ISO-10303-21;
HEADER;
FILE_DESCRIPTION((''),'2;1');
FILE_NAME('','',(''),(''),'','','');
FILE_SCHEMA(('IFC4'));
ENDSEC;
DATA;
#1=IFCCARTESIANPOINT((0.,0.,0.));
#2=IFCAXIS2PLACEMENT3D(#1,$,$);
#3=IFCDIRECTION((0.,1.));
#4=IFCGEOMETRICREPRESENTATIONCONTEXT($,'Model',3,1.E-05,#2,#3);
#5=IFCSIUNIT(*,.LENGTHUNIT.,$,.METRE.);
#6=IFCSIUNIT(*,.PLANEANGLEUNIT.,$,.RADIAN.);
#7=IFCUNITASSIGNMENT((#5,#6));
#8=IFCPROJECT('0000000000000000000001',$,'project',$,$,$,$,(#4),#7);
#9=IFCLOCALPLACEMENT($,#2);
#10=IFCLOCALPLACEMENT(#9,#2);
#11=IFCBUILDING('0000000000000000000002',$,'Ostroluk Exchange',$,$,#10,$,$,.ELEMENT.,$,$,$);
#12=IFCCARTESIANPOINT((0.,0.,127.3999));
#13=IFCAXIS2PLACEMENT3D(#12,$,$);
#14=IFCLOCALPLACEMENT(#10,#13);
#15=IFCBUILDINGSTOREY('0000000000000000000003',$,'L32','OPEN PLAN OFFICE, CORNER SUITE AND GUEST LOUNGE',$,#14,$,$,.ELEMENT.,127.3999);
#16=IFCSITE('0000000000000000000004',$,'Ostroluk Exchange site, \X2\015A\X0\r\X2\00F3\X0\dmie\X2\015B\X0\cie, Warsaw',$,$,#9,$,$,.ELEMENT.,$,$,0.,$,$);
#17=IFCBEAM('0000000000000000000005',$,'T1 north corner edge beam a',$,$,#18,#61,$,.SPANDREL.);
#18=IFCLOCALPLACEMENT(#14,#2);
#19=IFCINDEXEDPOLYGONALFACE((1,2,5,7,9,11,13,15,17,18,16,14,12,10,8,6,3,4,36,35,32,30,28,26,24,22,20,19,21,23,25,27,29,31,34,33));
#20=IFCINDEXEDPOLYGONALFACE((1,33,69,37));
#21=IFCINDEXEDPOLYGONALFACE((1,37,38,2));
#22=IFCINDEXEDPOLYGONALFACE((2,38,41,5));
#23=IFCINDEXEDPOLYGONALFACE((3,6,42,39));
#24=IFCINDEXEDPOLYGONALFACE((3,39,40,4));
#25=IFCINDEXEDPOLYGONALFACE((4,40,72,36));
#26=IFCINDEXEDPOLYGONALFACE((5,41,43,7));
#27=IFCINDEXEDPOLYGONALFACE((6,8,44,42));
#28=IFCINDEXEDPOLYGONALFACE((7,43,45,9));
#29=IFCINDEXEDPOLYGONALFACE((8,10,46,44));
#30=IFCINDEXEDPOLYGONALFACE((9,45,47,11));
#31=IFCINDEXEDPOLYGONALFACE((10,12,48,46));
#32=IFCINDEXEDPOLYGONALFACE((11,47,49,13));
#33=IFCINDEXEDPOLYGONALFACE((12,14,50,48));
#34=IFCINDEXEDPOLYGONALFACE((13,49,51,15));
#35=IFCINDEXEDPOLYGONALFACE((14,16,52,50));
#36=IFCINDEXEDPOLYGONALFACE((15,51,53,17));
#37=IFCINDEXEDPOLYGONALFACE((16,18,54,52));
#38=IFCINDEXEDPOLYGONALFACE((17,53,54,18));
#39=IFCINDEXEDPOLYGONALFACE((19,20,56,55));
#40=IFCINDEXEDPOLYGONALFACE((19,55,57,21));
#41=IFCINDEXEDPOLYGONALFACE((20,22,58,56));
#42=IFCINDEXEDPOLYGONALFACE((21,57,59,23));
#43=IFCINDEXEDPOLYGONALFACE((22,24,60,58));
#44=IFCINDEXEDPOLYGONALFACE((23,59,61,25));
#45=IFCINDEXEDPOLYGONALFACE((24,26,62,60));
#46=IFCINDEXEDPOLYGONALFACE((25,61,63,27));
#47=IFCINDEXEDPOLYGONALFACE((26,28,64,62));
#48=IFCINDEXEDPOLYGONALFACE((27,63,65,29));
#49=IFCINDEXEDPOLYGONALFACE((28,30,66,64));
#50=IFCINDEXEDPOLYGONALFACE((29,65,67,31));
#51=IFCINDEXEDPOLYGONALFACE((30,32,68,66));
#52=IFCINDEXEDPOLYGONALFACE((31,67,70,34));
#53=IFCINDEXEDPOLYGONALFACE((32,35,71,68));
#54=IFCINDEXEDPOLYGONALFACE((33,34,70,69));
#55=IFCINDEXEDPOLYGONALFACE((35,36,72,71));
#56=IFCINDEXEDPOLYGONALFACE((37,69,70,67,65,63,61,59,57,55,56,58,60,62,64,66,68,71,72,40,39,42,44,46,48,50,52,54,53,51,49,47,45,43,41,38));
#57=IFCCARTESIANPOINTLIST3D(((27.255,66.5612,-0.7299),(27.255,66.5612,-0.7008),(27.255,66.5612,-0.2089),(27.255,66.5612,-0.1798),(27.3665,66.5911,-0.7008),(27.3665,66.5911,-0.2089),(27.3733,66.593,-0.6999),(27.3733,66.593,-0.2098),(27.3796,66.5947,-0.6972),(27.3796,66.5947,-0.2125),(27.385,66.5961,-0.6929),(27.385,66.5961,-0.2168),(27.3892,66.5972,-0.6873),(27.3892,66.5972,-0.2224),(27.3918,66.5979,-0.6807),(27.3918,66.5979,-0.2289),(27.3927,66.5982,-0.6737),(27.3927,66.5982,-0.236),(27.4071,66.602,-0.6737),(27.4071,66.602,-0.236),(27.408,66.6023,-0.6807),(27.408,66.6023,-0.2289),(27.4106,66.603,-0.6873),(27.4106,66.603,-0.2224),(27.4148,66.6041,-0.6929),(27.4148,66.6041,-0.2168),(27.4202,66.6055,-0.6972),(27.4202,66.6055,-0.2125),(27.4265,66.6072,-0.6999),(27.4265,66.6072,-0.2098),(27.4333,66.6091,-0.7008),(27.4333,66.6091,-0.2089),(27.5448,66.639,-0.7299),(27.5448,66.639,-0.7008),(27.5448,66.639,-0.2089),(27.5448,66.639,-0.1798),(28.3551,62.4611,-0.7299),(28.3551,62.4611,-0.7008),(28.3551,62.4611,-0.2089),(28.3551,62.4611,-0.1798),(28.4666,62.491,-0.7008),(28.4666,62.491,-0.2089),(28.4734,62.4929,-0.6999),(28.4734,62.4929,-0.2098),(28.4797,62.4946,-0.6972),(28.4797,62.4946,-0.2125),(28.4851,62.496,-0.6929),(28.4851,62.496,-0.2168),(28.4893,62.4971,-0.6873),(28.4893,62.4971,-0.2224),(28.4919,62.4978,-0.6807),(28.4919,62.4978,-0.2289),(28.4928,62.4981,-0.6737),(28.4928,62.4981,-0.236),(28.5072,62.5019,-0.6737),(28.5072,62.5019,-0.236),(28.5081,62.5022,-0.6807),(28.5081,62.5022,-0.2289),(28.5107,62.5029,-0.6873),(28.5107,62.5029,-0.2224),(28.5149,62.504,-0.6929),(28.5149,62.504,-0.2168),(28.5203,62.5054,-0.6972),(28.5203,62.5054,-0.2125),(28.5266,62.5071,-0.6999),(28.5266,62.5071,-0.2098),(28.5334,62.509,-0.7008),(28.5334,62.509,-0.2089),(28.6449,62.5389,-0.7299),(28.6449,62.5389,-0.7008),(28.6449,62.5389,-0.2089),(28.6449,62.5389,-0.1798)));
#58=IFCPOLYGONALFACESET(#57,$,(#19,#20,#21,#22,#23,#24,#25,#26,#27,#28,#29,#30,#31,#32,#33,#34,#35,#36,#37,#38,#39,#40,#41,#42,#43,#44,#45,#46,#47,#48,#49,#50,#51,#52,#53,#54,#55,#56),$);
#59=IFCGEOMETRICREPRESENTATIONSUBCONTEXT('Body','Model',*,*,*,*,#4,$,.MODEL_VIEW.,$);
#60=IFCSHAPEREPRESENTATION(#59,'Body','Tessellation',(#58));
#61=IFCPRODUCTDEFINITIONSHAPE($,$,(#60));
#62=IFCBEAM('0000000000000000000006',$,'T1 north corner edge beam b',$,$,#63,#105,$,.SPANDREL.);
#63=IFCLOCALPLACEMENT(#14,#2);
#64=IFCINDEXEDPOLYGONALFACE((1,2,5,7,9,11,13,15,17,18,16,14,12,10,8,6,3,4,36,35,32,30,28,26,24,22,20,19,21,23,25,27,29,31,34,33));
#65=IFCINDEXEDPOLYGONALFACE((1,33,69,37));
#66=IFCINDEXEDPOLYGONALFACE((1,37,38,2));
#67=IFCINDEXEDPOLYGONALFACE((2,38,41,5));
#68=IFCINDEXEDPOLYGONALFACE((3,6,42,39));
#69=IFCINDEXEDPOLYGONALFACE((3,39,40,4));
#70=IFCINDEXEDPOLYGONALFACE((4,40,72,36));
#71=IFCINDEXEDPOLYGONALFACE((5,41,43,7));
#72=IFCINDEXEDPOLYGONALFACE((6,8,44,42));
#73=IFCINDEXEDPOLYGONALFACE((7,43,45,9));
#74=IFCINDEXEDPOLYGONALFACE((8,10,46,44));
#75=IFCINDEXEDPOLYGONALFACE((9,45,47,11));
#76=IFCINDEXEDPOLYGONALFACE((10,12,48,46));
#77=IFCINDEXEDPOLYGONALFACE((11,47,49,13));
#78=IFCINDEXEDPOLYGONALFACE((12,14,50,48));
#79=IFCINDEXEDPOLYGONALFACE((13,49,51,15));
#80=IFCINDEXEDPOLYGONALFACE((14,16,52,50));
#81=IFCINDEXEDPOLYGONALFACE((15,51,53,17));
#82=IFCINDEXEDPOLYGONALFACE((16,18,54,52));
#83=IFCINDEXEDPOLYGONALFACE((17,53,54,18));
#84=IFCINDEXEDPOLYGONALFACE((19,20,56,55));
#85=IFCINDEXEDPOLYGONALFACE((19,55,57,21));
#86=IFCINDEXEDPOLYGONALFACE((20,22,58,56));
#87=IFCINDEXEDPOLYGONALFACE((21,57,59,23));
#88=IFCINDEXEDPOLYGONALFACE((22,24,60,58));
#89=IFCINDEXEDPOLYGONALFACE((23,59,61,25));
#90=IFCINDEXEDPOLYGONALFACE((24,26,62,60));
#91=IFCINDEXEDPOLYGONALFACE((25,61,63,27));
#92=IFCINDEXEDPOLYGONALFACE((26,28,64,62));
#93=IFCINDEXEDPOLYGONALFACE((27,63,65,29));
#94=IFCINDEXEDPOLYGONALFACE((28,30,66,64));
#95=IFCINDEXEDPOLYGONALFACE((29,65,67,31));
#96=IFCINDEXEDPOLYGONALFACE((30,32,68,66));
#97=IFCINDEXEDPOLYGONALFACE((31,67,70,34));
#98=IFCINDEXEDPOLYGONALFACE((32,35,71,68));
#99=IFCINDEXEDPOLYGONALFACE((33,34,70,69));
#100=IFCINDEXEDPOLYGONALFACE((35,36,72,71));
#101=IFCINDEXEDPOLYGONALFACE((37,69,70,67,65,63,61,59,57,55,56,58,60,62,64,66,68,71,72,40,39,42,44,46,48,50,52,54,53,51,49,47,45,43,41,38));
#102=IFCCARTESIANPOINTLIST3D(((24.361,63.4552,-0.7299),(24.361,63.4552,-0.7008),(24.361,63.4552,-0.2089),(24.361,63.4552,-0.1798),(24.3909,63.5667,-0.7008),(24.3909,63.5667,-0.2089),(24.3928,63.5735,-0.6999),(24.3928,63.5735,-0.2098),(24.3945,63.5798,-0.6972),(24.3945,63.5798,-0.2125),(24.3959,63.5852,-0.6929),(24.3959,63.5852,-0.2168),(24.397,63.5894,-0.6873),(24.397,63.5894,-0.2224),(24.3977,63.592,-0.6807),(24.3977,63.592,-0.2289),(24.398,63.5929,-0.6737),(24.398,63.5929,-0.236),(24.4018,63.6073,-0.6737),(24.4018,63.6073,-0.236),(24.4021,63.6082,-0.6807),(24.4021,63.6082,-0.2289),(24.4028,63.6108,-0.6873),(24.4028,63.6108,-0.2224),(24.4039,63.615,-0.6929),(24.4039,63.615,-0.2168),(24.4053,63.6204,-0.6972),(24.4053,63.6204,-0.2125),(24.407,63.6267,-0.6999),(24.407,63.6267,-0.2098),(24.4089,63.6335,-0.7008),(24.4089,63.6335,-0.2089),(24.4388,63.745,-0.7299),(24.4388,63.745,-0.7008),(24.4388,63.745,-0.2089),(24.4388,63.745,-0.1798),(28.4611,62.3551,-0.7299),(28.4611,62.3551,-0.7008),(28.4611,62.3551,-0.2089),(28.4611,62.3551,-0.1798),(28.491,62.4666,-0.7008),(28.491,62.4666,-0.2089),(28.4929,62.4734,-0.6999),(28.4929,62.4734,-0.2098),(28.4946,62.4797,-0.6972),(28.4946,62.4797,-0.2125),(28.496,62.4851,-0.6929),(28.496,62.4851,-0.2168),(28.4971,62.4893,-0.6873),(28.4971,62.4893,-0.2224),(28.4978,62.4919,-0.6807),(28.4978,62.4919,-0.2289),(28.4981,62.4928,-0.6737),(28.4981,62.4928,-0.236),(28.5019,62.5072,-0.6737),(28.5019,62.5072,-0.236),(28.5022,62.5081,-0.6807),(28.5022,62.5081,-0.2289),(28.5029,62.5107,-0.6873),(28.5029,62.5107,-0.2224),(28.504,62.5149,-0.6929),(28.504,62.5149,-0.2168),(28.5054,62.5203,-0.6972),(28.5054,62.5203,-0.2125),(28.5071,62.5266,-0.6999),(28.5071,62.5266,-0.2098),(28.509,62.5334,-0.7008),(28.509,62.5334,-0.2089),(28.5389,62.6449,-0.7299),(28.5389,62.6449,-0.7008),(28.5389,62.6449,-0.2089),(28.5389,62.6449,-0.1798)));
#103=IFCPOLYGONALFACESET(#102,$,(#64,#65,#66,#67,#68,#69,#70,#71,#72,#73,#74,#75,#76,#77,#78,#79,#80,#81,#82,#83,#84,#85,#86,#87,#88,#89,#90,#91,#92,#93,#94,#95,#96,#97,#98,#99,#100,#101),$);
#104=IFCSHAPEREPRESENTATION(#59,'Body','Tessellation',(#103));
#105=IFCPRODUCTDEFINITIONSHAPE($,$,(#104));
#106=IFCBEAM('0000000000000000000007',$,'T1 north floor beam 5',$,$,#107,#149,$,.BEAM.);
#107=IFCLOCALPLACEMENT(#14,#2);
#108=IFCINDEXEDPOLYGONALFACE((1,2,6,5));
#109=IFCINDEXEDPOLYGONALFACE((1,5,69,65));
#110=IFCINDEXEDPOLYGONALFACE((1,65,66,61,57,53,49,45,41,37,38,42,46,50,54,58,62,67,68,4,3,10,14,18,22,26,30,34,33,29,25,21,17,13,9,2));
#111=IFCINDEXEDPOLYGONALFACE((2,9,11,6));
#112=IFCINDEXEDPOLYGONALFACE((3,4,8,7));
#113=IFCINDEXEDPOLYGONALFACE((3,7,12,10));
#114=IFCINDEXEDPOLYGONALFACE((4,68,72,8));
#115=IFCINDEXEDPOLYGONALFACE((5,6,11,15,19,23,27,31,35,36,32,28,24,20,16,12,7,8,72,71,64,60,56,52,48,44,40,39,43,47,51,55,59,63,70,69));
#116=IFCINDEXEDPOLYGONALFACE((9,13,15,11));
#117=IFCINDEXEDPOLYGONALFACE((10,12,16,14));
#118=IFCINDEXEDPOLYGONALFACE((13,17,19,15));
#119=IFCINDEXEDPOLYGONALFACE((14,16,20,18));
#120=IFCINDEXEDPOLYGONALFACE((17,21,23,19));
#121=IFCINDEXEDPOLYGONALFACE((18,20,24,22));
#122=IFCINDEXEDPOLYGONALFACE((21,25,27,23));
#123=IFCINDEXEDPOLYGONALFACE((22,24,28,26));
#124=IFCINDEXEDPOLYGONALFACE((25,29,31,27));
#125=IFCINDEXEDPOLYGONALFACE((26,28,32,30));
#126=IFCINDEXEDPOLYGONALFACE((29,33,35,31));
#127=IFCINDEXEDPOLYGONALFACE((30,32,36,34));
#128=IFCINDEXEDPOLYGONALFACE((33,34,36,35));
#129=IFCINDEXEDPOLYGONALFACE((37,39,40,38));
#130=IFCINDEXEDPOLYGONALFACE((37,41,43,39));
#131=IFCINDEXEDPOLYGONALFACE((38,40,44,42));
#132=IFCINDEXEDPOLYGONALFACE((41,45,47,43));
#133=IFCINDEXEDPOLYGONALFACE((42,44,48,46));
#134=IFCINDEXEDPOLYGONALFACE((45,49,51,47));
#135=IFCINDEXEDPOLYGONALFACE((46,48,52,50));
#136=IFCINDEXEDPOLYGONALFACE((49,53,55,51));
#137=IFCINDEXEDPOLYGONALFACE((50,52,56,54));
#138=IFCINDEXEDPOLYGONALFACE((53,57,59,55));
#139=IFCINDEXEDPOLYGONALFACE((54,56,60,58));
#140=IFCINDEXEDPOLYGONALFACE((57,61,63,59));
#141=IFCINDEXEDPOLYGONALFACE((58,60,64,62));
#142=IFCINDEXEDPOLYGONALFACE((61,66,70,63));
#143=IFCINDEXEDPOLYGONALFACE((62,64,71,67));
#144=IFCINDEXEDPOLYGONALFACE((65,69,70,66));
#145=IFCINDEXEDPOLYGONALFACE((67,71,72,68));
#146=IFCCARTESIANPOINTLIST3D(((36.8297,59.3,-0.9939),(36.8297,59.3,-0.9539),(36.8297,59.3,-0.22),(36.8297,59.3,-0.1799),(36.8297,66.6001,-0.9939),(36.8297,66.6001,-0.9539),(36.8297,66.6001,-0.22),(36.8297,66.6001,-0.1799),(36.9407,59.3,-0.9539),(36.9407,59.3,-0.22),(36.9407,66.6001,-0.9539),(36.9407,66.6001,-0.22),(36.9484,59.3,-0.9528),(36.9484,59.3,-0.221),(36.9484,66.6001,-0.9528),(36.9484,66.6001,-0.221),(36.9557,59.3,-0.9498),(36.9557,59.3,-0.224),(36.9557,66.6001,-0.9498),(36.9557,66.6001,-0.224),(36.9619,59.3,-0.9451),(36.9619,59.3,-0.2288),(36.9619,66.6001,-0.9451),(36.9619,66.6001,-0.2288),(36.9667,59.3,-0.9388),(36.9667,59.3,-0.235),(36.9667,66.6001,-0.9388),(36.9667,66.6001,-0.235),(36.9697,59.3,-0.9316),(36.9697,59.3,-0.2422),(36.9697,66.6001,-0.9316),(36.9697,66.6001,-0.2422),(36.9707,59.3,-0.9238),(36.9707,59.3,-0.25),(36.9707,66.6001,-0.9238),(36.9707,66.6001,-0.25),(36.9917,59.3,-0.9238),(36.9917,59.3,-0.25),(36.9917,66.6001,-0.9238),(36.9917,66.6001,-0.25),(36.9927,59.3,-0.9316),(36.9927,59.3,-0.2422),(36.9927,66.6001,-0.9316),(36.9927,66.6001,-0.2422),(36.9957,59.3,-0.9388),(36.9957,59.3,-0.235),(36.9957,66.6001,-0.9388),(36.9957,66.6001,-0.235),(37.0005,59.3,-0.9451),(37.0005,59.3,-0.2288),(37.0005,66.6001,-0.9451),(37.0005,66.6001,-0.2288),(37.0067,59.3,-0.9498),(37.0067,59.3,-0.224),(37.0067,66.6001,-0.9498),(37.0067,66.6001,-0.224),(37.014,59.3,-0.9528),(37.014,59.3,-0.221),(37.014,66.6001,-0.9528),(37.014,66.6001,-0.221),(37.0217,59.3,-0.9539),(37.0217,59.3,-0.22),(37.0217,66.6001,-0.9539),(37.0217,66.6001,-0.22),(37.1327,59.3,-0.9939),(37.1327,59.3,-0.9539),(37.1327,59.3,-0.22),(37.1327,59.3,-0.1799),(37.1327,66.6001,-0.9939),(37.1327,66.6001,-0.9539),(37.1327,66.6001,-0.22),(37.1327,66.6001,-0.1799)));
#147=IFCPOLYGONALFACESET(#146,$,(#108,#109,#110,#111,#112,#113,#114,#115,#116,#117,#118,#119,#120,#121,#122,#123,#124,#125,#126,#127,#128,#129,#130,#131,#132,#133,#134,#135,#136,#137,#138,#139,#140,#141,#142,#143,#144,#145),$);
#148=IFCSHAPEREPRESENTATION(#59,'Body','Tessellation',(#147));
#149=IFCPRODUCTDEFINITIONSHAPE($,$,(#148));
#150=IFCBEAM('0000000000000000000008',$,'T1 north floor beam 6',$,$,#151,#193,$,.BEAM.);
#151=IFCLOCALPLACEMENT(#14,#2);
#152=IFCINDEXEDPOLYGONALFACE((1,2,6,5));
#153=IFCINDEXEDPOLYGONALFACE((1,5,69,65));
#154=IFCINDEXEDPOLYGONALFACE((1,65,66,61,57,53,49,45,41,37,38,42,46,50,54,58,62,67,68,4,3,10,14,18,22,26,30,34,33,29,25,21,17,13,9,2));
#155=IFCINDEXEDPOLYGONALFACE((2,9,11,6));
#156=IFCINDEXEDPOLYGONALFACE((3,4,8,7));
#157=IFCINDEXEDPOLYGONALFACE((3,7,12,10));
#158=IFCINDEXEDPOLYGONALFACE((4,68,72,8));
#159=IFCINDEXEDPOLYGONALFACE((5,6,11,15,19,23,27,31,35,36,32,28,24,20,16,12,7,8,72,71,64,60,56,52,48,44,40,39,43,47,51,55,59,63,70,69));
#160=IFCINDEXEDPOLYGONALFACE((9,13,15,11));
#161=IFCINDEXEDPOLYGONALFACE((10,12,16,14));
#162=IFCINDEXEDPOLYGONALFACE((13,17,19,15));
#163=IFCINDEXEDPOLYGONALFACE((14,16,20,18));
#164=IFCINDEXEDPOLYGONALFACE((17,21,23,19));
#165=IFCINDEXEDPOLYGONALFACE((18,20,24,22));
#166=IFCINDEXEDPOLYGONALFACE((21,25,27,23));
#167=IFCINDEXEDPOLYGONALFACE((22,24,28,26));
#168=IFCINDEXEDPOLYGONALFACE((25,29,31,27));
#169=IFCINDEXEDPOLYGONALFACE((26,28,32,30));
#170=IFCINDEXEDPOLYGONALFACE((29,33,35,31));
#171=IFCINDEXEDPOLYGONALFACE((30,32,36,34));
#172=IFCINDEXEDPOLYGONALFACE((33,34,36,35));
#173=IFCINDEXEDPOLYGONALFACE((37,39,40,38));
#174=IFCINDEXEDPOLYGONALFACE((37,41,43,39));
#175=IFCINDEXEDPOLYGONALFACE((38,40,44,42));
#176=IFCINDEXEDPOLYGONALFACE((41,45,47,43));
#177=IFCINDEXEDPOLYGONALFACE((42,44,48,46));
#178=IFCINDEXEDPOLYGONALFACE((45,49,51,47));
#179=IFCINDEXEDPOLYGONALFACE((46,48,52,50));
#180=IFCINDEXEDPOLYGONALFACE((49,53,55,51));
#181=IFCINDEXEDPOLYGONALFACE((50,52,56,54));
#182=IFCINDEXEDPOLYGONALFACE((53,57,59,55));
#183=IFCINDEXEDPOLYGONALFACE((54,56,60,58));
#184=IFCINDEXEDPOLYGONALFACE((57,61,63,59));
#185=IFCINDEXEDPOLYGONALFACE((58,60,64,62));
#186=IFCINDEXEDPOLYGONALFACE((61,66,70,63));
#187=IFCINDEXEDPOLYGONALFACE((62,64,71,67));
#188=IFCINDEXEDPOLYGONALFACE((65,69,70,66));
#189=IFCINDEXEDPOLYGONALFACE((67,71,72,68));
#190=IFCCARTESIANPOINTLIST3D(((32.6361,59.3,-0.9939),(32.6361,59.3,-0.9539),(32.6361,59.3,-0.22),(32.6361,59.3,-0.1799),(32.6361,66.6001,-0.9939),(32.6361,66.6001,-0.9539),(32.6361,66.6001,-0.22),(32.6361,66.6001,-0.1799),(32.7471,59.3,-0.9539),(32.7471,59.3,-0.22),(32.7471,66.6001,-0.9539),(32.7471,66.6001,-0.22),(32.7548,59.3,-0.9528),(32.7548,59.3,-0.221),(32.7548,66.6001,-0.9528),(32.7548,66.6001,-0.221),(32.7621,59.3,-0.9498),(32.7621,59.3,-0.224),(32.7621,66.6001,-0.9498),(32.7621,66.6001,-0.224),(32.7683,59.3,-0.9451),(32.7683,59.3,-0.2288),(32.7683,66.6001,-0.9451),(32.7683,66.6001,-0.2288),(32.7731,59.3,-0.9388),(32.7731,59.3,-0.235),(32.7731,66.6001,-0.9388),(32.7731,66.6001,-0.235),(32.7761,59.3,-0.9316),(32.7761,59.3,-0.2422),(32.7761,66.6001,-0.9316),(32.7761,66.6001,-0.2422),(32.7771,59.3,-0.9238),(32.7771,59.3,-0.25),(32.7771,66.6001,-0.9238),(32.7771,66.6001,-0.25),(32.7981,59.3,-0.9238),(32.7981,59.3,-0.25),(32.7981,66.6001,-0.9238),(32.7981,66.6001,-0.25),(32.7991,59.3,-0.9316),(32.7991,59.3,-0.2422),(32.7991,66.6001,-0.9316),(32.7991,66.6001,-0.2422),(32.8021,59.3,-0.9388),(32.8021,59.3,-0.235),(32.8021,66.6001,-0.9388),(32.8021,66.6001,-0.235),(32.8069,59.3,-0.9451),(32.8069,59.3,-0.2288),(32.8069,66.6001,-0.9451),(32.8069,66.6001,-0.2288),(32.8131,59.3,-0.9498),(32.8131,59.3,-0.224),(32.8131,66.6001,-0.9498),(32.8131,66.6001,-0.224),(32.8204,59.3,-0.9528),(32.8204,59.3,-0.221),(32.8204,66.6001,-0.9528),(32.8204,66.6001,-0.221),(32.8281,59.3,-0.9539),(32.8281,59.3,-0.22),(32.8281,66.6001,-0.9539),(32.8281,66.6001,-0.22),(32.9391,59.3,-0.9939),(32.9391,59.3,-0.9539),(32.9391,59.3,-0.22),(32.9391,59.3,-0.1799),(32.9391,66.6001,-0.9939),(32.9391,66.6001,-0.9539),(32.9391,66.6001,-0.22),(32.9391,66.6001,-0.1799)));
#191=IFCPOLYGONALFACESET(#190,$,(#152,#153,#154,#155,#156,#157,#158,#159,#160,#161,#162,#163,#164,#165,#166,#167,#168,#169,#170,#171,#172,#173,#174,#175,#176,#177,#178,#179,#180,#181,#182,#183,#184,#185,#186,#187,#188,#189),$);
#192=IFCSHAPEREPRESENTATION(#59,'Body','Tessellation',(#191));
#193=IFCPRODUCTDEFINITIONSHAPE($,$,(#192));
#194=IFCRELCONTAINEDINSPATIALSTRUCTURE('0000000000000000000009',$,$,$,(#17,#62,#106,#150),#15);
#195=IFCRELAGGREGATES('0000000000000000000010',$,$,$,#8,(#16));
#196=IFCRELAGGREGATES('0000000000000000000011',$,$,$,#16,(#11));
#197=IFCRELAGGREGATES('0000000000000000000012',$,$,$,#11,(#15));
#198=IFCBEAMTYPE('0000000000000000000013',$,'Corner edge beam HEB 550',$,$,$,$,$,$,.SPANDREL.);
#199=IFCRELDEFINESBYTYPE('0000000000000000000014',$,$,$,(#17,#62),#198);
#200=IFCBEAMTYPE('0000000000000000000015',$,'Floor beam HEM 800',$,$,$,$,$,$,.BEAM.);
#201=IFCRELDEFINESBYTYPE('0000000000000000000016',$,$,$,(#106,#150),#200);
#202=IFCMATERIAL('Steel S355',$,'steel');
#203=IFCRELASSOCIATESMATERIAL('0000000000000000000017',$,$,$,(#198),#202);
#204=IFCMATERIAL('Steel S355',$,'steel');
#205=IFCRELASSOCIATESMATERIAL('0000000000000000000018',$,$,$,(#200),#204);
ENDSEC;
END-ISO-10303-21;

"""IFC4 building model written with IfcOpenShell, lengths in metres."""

from ifc_helpers import new_model, si_unit, direction, frame, origin, origin_2d, place, context, subcontext, project, spatial, i_section, extrude, material, material_profile, profile_set, type_object, element, save


model = new_model("IFC4")

# Units and contexts
model_context = context("Model", 3, precision=1e-05, world=origin(), true_north=direction((0.0, 1.0)))
body_context = subcontext(model_context, "Body", "Model", "MODEL_VIEW")
ifc_project = project(units=[si_unit("LENGTHUNIT", "METRE"), si_unit("PLANEANGLEUNIT", "RADIAN")], contexts=[model_context])

# Site, building, storey
site_placement = place(None, origin())
site = spatial("IfcSite", under=ifc_project, at=site_placement, Name="Ostroluk Exchange site, Śródmieście, Warsaw", CompositionType="ELEMENT", RefElevation=0.0)
building_placement = place(site_placement, origin())
building = spatial("IfcBuilding", under=site, at=building_placement, Name="Ostroluk Exchange", CompositionType="ELEMENT")
storey_placement = place(building_placement, frame((0.0, 0.0, 127.3999)))
storey = spatial("IfcBuildingStorey", under=building, at=storey_placement, Name="L32", Description="OPEN PLAN OFFICE, CORNER SUITE AND GUEST LOUNGE", CompositionType="ELEMENT", Elevation=127.3999)

# Beams
ifc_material_1 = material(Name="Steel S355", Category="steel")
ifc_material_profile_1 = material_profile(ifc_material_1, i_section(OverallWidth=0.3, OverallDepth=0.55, WebThickness=0.0149, FlangeThickness=0.0291, FilletRadius=0.0271, at=origin_2d()), Name="HEB 550")
ifc_profile_set_1 = profile_set([ifc_material_profile_1], Name="Steel S355")
beam_type_1 = type_object("IfcBeamType", Name="Corner edge beam HEB 550", PredefinedType="SPANDREL", material=ifc_profile_set_1)
for number, where, z_axis, x_axis, name in (
    (1, (28.5, 62.5, -0.4548), (-0.259144, 0.965839, 0.0), (-0.965839, -0.259144, 0.0), "T1 north corner edge beam a"),
    (2, (28.5, 62.5, -0.4548), (-0.965839, 0.259144, 0.0), (-0.259144, -0.965839, 0.0), "T1 north corner edge beam b"),
):
    element("IfcBeam", number, at=place(storey_placement, frame(where, z_axis=z_axis, x_axis=x_axis)), inside=storey, type_object=beam_type_1, Name=name, PredefinedType="SPANDREL", context=body_context, shape_type="SweptSolid", body=[
        extrude(i_section(OverallWidth=0.3, OverallDepth=0.55, WebThickness=0.0149, FlangeThickness=0.0291, FilletRadius=0.0271, at=origin_2d()), origin(), (0.0, 0.0, 1.0), 4.2451),
    ])
ifc_material_2 = material(Name="Steel S355", Category="steel")
ifc_material_profile_2 = material_profile(ifc_material_2, i_section(OverallWidth=0.303, OverallDepth=0.814, WebThickness=0.021, FlangeThickness=0.04, FilletRadius=0.03, at=origin_2d()), Name="HEM 800")
ifc_profile_set_2 = profile_set([ifc_material_profile_2], Name="Steel S355")
beam_type_2 = type_object("IfcBeamType", Name="Floor beam HEM 800", PredefinedType="BEAM", material=ifc_profile_set_2)
for number, where, z_axis, x_axis, name in (
    (3, (36.9812, 59.3, -0.5869), (0.0, 1.0, 0.0), (-1.0, 0.0, 0.0), "T1 north floor beam 5"),
    (4, (32.7876, 59.3, -0.5869), (0.0, 1.0, 0.0), (-1.0, 0.0, 0.0), "T1 north floor beam 6"),
):
    element("IfcBeam", number, at=place(storey_placement, frame(where, z_axis=z_axis, x_axis=x_axis)), inside=storey, type_object=beam_type_2, Name=name, PredefinedType="BEAM", context=body_context, shape_type="SweptSolid", body=[
        extrude(i_section(OverallWidth=0.303, OverallDepth=0.814, WebThickness=0.021, FlangeThickness=0.04, FilletRadius=0.03, at=origin_2d()), origin(), (0.0, 0.0, 1.0), 7.3),
    ])

save(model, "model.ifc")
